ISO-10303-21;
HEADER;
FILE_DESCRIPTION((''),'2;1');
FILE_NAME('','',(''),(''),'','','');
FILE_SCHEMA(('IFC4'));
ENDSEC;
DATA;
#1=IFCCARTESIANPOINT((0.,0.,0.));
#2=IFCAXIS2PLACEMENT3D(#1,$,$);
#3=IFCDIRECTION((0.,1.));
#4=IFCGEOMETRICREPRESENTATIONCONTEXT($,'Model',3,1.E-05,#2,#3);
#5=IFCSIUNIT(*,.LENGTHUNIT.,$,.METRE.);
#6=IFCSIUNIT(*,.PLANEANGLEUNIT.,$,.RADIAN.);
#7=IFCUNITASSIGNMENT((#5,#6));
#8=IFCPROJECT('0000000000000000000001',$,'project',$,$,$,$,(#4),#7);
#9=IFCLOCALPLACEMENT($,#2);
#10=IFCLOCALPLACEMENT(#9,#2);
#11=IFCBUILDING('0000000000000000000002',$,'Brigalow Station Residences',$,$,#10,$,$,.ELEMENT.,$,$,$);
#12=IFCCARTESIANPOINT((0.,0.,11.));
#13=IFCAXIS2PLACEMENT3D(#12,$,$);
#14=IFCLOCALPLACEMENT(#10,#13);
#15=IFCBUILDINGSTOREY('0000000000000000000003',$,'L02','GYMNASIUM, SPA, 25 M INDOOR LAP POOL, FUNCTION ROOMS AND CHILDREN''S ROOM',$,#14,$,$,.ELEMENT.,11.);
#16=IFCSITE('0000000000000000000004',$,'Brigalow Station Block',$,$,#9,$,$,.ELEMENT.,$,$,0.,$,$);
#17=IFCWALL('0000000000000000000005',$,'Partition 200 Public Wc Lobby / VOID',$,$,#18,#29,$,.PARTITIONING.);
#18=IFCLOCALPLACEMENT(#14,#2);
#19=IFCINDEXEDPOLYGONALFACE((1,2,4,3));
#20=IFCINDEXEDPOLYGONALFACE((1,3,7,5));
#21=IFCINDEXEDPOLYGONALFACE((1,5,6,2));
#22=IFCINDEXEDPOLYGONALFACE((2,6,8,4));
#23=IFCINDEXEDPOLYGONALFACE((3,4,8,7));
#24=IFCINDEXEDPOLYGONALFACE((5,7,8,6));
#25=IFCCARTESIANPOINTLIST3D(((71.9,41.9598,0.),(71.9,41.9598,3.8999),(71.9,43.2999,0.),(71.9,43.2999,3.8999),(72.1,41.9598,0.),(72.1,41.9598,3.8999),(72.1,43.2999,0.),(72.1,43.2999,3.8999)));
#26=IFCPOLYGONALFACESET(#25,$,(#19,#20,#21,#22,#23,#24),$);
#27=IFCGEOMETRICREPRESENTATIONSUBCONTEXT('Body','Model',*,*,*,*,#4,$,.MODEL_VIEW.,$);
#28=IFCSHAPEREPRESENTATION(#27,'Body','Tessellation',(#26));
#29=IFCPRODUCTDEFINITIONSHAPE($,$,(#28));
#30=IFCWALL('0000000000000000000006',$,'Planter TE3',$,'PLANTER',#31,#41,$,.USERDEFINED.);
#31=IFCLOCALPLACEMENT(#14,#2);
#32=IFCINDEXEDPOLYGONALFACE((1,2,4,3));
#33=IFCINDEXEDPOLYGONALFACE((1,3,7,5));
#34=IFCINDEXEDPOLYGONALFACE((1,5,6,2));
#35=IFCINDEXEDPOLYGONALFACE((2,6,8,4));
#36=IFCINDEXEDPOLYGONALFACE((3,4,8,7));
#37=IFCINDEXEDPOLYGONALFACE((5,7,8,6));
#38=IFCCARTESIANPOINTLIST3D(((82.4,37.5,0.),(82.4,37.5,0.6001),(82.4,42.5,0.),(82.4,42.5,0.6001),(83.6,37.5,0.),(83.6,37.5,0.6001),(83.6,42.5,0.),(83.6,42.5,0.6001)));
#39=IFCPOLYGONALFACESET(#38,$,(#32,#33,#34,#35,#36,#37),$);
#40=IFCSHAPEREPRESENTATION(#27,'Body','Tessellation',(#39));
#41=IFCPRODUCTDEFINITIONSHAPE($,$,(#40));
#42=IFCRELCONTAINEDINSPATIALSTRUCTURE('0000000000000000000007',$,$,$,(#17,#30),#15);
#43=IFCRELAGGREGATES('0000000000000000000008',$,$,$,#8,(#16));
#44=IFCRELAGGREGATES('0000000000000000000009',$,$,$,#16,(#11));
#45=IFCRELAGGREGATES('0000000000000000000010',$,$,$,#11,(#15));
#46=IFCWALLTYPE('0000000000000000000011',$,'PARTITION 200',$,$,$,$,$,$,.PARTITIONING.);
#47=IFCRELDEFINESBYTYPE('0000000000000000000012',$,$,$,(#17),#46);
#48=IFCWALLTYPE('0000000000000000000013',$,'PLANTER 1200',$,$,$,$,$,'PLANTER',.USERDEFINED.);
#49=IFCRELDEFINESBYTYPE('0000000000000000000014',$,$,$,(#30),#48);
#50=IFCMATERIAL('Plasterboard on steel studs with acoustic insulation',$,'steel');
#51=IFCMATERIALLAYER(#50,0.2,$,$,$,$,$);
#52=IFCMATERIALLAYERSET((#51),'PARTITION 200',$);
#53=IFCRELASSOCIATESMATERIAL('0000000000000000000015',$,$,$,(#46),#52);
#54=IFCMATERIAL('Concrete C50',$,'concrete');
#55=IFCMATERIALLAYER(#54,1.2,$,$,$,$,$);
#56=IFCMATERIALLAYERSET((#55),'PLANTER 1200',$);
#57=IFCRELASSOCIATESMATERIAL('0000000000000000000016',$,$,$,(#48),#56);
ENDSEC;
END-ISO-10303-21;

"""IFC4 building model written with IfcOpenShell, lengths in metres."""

from ifc_helpers import new_model, si_unit, direction, frame, frame_2d, origin, place, context, subcontext, project, spatial, rectangle, extrude, material, layer, layer_set, type_object, element, save


model = new_model("IFC4")

# Units and contexts
model_context = context("Model", 3, precision=1e-05, world=origin(), true_north=direction((0.0, 1.0)))
body_context = subcontext(model_context, "Body", "Model", "MODEL_VIEW")
ifc_project = project(units=[si_unit("LENGTHUNIT", "METRE"), si_unit("PLANEANGLEUNIT", "RADIAN")], contexts=[model_context])

# Site, building, storey
site_placement = place(None, origin())
site = spatial("IfcSite", under=ifc_project, at=site_placement, Name="Brigalow Station Block", CompositionType="ELEMENT", RefElevation=0.0)
building_placement = place(site_placement, origin())
building = spatial("IfcBuilding", under=site, at=building_placement, Name="Brigalow Station Residences", CompositionType="ELEMENT")
storey_placement = place(building_placement, frame((0.0, 0.0, 11.0)))
storey = spatial("IfcBuildingStorey", under=building, at=storey_placement, Name="L02", Description="GYMNASIUM, SPA, 25 M INDOOR LAP POOL, FUNCTION ROOMS AND CHILDREN'S ROOM", CompositionType="ELEMENT", Elevation=11.0)

# Shared definitions
ifc_material_1 = material(Name="Plasterboard on steel studs with acoustic insulation", Category="steel")
ifc_layer_1 = layer(ifc_material_1, 0.2)
ifc_layer_set_1 = layer_set([ifc_layer_1], Name="PARTITION 200")
wall_type_1 = type_object("IfcWallType", Name="PARTITION 200", PredefinedType="PARTITIONING", material=ifc_layer_set_1)

# Walls
wall_1_placement = place(storey_placement, frame((72.0, 41.96, 0.0), z_axis=(0.0, 0.0, 1.0), x_axis=(0.0, 1.0, 0.0)))
element("IfcWall", 1, at=wall_1_placement, inside=storey, type_object=wall_type_1, Name="Partition 200 Public Wc Lobby / VOID", PredefinedType="PARTITIONING", context=body_context, shape_type="SweptSolid", body=[
    extrude(rectangle(XDim=1.3401, YDim=0.2, at=frame_2d((0.6699, 0.0))), origin(), (0.0, 0.0, 1.0), 3.8999),
])
ifc_material_2 = material(Name="Concrete C50", Category="concrete")
ifc_layer_2 = layer(ifc_material_2, 1.2)
ifc_layer_set_2 = layer_set([ifc_layer_2], Name="PLANTER 1200")
wall_type_2 = type_object("IfcWallType", Name="PLANTER 1200", ElementType="PLANTER", PredefinedType="USERDEFINED", material=ifc_layer_set_2)
wall_2_placement = place(storey_placement, frame((83.0, 37.5, 0.0), z_axis=(0.0, 0.0, 1.0), x_axis=(0.0, 1.0, 0.0)))
element("IfcWall", 2, at=wall_2_placement, inside=storey, type_object=wall_type_2, Name="Planter TE3", ObjectType="PLANTER", PredefinedType="USERDEFINED", context=body_context, shape_type="SweptSolid", body=[
    extrude(rectangle(XDim=5.0, YDim=1.2, at=frame_2d((2.5, 0.0))), origin(), (0.0, 0.0, 1.0), 0.6001),
])

save(model, "model.ifc")
